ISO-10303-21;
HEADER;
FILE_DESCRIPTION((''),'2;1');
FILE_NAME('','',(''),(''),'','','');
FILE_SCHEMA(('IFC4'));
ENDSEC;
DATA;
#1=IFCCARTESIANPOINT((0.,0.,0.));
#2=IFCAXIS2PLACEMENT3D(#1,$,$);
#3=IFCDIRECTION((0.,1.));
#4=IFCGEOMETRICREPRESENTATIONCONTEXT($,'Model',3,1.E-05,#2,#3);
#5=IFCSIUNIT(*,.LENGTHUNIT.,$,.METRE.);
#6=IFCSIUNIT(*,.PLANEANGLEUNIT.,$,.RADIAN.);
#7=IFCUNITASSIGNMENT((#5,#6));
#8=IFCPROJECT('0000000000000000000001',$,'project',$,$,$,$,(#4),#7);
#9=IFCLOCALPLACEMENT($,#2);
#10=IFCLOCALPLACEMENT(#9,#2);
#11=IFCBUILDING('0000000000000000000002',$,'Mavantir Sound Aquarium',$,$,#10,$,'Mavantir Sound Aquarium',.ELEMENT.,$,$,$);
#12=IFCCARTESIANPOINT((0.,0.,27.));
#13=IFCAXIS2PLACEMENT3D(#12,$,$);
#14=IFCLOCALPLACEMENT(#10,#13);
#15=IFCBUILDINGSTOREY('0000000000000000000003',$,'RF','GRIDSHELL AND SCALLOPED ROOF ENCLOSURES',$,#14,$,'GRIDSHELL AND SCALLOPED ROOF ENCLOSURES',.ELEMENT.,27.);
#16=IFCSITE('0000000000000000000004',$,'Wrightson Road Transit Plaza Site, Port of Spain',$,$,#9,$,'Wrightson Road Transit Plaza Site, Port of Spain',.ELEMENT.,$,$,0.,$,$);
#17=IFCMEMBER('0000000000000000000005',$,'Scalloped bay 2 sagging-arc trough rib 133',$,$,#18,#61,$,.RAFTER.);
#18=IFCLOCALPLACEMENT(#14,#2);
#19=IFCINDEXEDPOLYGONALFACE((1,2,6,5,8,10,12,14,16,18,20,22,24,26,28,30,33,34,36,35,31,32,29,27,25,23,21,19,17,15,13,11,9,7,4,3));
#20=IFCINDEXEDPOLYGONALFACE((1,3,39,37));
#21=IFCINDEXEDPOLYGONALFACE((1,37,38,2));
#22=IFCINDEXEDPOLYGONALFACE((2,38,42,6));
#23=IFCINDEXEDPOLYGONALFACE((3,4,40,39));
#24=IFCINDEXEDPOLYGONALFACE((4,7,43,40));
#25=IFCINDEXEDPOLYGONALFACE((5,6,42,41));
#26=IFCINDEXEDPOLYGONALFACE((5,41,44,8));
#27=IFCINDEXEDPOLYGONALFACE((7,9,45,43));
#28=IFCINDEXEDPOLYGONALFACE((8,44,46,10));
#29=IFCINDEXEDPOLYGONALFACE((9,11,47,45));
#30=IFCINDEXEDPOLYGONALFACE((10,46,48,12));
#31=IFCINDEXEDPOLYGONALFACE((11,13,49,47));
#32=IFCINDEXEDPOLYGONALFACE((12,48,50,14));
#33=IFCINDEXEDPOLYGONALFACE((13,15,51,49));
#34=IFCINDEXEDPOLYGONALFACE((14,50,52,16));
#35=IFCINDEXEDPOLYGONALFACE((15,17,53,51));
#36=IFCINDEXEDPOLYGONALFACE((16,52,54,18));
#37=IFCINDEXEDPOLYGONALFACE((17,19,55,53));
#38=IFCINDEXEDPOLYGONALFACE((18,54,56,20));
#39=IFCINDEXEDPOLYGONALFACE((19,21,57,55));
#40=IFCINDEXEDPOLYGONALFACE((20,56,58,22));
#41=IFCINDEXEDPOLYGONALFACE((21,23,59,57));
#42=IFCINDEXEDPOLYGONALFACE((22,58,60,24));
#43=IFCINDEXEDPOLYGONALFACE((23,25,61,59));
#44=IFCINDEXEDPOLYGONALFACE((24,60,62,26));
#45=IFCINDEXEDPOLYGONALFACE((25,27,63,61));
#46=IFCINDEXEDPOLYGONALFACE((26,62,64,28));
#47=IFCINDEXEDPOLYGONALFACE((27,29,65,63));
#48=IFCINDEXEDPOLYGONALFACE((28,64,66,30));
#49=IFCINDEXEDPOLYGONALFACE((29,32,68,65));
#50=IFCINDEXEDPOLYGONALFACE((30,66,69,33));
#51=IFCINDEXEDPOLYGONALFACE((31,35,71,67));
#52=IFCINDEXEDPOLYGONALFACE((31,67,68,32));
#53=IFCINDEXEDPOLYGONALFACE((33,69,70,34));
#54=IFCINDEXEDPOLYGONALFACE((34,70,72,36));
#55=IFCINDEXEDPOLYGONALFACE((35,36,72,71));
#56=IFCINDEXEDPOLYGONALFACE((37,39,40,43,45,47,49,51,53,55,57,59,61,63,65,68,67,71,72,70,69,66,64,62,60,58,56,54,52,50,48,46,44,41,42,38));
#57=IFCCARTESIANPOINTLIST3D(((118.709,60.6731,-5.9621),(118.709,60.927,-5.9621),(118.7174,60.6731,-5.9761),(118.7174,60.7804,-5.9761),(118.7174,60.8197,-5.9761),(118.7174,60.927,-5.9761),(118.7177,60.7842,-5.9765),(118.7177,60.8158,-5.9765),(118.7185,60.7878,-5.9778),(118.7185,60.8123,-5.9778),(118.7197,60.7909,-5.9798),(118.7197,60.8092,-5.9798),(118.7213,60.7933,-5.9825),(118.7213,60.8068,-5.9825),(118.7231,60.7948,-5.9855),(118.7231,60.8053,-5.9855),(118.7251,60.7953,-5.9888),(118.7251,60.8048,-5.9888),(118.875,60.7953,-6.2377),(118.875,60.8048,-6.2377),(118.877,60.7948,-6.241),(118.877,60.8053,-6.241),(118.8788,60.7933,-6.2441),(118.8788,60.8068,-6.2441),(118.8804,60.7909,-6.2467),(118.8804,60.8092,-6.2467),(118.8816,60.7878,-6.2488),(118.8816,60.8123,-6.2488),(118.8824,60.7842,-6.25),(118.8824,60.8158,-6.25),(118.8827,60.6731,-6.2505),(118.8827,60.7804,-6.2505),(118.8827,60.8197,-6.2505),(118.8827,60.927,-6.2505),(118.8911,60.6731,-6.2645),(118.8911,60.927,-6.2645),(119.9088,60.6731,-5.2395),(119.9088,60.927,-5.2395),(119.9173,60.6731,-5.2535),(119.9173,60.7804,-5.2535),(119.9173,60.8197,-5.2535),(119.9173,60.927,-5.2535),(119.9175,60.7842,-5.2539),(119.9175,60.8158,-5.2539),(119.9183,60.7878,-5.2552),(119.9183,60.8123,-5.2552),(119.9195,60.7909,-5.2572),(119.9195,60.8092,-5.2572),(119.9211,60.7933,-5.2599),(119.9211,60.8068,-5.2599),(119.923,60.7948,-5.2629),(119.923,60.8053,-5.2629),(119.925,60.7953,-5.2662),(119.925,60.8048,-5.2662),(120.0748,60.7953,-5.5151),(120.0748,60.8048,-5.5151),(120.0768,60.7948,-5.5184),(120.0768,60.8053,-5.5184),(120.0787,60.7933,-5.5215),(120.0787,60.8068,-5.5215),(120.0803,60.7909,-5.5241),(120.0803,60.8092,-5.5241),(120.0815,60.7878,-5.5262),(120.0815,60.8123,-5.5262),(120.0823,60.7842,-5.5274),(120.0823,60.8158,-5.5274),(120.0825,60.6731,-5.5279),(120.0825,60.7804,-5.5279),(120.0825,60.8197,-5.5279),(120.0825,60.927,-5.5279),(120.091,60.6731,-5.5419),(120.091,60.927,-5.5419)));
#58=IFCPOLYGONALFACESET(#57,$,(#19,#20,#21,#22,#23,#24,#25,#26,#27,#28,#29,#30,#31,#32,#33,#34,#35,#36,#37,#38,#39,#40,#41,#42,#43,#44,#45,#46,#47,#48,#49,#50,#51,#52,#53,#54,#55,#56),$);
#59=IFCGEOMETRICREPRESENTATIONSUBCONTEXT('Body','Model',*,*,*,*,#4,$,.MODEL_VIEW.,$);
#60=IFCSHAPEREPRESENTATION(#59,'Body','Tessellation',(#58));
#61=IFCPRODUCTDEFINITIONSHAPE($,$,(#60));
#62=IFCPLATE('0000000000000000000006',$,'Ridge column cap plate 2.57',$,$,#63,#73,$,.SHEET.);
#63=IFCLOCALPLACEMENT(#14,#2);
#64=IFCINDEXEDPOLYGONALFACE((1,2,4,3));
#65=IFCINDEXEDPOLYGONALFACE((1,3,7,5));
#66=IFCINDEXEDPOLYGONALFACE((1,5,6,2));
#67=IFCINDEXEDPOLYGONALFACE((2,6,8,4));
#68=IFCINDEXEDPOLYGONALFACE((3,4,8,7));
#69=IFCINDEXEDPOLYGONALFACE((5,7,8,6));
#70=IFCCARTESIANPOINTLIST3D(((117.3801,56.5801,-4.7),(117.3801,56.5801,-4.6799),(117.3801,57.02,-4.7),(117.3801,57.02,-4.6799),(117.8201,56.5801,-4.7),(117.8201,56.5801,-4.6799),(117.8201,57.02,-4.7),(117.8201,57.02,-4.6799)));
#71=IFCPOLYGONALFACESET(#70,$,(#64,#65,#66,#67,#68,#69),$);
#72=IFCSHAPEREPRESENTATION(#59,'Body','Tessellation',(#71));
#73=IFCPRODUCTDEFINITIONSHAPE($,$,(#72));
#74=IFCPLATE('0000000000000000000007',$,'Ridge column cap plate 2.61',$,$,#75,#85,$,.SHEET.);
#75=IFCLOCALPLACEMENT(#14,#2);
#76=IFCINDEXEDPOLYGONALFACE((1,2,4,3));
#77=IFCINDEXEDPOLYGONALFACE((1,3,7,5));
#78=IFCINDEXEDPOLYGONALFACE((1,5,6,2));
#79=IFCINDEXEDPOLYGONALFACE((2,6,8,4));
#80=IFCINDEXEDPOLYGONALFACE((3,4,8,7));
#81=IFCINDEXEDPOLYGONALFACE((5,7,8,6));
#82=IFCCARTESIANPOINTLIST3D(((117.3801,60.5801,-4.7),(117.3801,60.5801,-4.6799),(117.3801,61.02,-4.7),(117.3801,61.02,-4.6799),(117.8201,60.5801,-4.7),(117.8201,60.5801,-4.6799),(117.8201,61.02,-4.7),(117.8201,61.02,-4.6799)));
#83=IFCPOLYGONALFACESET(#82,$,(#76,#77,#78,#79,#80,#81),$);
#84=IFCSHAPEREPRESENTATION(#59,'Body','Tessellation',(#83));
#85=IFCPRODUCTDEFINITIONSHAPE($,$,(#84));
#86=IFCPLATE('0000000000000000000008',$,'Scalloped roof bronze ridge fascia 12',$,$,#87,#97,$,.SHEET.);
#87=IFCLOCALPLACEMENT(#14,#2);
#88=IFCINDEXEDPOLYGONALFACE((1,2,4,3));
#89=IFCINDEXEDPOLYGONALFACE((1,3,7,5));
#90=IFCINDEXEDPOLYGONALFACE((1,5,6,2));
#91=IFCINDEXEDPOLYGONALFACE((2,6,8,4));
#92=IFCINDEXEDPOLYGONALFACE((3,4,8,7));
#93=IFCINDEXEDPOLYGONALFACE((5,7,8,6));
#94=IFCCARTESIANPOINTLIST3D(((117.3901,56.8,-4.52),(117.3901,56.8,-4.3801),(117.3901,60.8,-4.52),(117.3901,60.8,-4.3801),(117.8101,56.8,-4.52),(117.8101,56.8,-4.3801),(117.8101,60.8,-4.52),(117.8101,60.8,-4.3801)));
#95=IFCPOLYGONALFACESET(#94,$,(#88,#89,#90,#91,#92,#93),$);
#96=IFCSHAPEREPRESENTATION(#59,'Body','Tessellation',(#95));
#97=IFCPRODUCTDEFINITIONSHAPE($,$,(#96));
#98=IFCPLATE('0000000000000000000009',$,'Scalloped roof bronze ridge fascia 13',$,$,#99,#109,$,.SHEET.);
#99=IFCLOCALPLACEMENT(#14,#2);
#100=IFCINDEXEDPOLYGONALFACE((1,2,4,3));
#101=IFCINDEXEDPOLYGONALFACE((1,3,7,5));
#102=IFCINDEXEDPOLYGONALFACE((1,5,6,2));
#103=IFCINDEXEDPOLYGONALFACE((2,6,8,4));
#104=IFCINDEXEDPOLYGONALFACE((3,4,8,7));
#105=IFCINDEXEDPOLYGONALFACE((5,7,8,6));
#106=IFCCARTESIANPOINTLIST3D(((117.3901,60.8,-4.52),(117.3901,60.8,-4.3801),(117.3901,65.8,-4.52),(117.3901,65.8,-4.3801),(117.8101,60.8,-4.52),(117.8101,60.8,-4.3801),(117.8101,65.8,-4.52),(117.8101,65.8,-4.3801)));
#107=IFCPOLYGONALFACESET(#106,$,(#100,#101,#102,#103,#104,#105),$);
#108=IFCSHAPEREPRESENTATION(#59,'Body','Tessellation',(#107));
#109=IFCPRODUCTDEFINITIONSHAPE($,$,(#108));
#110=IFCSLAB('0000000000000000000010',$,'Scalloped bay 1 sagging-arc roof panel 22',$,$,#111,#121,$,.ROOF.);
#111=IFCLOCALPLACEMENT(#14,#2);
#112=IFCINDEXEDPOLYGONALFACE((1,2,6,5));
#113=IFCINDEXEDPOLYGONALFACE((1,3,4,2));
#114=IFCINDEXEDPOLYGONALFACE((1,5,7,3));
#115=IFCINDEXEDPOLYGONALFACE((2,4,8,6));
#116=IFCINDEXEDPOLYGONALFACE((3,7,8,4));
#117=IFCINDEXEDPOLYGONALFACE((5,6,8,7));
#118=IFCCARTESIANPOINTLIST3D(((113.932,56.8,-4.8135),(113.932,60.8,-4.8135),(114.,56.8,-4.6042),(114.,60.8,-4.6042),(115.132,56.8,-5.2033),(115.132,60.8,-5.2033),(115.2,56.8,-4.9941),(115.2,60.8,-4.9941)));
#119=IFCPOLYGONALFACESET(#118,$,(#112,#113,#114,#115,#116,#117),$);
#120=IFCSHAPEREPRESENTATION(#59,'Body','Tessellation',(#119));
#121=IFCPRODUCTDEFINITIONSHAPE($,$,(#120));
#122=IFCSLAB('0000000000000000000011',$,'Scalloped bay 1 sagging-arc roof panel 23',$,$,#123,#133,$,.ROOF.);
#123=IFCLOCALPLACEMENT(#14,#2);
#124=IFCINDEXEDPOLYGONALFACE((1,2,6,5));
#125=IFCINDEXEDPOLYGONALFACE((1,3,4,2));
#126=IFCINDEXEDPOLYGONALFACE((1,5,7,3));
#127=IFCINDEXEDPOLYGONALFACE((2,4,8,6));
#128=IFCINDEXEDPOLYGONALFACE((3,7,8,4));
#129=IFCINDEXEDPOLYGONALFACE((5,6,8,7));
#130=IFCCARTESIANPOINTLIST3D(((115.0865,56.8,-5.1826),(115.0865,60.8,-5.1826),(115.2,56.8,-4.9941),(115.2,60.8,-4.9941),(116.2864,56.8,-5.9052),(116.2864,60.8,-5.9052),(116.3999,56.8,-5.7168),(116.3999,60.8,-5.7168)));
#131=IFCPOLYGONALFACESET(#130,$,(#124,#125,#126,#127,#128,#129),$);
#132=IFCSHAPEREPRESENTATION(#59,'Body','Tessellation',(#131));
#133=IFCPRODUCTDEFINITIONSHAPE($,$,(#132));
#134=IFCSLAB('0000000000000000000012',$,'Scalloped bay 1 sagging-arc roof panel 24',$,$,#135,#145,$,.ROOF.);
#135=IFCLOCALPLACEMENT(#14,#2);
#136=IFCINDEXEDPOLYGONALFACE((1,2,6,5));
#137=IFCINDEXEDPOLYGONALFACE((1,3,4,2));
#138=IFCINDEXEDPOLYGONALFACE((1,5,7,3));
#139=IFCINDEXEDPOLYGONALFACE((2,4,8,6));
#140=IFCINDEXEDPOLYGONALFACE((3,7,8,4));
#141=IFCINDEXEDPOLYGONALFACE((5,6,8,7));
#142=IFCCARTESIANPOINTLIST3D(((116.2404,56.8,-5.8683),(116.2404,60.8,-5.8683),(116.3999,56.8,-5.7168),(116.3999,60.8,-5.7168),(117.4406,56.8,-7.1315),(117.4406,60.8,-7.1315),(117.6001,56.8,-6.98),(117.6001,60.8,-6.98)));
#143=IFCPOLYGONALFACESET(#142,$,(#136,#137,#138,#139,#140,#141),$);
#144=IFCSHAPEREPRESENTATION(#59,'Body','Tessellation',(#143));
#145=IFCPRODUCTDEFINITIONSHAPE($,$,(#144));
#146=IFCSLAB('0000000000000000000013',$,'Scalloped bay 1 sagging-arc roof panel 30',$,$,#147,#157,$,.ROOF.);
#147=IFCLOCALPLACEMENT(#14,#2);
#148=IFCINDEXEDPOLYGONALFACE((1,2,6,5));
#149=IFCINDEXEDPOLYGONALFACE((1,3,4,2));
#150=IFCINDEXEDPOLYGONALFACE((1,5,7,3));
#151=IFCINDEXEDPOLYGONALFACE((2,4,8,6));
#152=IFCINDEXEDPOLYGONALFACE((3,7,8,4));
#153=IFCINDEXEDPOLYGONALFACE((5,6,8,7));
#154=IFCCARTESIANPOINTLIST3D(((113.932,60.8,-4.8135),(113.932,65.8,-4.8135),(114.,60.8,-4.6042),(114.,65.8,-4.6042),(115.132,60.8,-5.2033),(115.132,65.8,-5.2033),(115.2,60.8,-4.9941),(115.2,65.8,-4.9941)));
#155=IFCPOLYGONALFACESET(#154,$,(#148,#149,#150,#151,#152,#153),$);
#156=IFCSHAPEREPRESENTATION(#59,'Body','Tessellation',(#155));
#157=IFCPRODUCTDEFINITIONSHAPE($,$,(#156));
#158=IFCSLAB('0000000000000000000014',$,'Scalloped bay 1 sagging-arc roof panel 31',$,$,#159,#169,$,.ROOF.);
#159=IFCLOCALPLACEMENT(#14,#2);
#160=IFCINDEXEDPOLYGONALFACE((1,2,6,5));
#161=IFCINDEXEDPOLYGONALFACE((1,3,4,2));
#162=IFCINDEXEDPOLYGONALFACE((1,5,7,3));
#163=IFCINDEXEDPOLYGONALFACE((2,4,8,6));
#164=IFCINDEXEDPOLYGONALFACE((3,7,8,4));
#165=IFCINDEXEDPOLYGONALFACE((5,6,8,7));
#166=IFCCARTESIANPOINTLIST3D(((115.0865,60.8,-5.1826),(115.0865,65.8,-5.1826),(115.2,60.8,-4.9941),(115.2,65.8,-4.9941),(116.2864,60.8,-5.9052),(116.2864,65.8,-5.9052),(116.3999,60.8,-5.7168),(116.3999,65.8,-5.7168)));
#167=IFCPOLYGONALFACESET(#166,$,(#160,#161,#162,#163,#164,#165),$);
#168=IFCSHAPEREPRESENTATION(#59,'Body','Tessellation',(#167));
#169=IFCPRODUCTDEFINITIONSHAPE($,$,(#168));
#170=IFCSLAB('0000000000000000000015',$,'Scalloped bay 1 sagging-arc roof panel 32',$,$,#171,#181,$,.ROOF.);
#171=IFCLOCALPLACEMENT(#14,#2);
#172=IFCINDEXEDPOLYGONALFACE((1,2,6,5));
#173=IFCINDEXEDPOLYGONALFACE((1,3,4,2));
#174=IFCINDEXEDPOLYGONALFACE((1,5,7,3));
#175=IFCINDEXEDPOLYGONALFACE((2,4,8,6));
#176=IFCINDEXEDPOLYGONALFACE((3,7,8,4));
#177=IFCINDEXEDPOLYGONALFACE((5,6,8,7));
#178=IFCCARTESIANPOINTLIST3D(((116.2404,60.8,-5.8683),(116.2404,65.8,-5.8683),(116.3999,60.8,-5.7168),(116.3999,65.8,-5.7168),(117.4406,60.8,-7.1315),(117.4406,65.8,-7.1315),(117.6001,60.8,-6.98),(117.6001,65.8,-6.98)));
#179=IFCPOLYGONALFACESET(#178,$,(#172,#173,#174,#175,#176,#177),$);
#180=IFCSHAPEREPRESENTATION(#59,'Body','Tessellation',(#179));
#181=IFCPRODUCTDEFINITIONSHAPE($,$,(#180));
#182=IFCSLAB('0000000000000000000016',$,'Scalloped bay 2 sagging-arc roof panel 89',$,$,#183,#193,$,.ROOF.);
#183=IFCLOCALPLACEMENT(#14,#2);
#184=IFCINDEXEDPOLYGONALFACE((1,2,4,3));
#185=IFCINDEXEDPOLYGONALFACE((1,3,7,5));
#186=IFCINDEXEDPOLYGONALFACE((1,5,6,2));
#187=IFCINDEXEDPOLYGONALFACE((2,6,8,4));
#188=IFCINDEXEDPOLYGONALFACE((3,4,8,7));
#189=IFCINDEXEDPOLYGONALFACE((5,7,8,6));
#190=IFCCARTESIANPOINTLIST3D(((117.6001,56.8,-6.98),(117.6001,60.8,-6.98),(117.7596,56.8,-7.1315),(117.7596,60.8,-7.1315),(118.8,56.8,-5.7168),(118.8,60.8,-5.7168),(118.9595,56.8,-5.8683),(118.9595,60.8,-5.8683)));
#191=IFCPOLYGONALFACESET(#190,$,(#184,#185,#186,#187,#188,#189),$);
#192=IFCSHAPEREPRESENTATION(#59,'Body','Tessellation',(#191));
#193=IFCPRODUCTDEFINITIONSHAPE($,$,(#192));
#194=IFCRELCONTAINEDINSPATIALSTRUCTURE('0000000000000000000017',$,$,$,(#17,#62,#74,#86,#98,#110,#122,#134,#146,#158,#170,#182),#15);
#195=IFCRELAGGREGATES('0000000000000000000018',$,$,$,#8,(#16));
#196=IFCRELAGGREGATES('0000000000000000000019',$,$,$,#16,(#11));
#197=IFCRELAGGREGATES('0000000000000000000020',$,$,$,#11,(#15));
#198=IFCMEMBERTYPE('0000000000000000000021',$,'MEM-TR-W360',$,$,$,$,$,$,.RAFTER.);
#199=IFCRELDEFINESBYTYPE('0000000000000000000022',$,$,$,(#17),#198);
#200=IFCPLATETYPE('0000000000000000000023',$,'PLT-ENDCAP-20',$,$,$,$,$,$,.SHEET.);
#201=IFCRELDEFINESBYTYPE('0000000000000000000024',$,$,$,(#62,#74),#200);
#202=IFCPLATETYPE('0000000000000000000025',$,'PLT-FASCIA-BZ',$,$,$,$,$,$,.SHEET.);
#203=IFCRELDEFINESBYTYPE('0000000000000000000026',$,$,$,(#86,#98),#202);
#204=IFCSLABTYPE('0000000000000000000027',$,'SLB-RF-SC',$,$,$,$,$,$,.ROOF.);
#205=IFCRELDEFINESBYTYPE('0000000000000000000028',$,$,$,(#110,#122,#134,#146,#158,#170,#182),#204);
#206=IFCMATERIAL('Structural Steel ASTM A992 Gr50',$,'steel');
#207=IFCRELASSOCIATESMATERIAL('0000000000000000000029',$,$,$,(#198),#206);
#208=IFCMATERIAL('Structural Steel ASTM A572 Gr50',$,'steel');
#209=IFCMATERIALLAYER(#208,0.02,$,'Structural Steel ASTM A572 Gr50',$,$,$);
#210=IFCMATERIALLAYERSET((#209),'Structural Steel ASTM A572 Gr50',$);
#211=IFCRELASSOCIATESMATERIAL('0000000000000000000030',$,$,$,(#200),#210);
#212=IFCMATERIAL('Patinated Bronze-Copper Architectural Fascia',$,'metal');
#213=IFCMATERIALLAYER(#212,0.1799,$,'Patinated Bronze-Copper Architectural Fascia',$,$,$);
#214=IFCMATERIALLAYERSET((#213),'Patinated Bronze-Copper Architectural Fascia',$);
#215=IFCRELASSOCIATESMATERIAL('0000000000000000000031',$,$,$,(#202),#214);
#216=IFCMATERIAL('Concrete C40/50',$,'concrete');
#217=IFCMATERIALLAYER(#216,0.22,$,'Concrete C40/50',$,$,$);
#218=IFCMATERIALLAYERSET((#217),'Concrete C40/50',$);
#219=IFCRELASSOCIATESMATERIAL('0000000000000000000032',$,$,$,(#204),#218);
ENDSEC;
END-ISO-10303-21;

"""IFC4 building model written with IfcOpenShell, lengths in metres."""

from ifc_helpers import new_model, si_unit, direction, frame, origin, origin_2d, place, context, subcontext, project, spatial, polyline, rectangle, i_section, outline, extrude, material, layer, layer_set, material_profile, profile_set, type_object, element, save


model = new_model("IFC4")

# Units and contexts
model_context = context("Model", 3, precision=1e-05, world=origin(), true_north=direction((0.0, 1.0)))
body_context = subcontext(model_context, "Body", "Model", "MODEL_VIEW")
ifc_project = project(units=[si_unit("LENGTHUNIT", "METRE"), si_unit("PLANEANGLEUNIT", "RADIAN")], contexts=[model_context])

# Site, building, storey
site_placement = place(None, origin())
site = spatial("IfcSite", under=ifc_project, at=site_placement, Name="Wrightson Road Transit Plaza Site, Port of Spain", LongName="Wrightson Road Transit Plaza Site, Port of Spain", CompositionType="ELEMENT", RefElevation=0.0)
building_placement = place(site_placement, origin())
building = spatial("IfcBuilding", under=site, at=building_placement, Name="Mavantir Sound Aquarium", LongName="Mavantir Sound Aquarium", CompositionType="ELEMENT")
storey_placement = place(building_placement, frame((0.0, 0.0, 27.0)))
storey = spatial("IfcBuildingStorey", under=building, at=storey_placement, Name="RF", Description="GRIDSHELL AND SCALLOPED ROOF ENCLOSURES", LongName="GRIDSHELL AND SCALLOPED ROOF ENCLOSURES", CompositionType="ELEMENT", Elevation=27.0)

# Shared definitions
ifc_material_1 = material(Name="Concrete C40/50", Category="concrete")

# Shared definitions
ifc_material_2 = material(Name="Structural Steel ASTM A992 Gr50", Category="steel")

# Member
ifc_material_profile_1 = material_profile(ifc_material_2, i_section(OverallWidth=0.2539, OverallDepth=0.353, WebThickness=0.0095, FlangeThickness=0.0164, FilletRadius=0.0149, at=origin_2d()), Name="W360X91")
ifc_profile_set_1 = profile_set([ifc_material_profile_1], Name="Structural Steel ASTM A992 Gr50")
member_type_1 = type_object("IfcMemberType", Name="MEM-TR-W360", PredefinedType="RAFTER", material=ifc_profile_set_1)
member_1_placement = place(storey_placement, frame((118.8, 60.8, -6.1133), z_axis=(0.856646, 0.0, 0.515905), x_axis=(0.0, 1.0, 0.0)))
element("IfcMember", 1, at=member_1_placement, inside=storey, type_object=member_type_1, Name="Scalloped bay 2 sagging-arc trough rib 133", PredefinedType="RAFTER", context=body_context, shape_type="SweptSolid", body=[
    extrude(i_section(OverallWidth=0.2539, OverallDepth=0.353, WebThickness=0.0095, FlangeThickness=0.0164, FilletRadius=0.0149, at=origin_2d()), origin(), (0.0, 0.0, 1.0), 1.4006),
])

# Plates
ifc_material_3 = material(Name="Structural Steel ASTM A572 Gr50", Category="steel")
ifc_layer_1 = layer(ifc_material_3, 0.02, Name="Structural Steel ASTM A572 Gr50")
ifc_layer_set_1 = layer_set([ifc_layer_1], Name="Structural Steel ASTM A572 Gr50")
plate_type_1 = type_object("IfcPlateType", Name="PLT-ENDCAP-20", PredefinedType="SHEET", material=ifc_layer_set_1)
for number, where, z_axis, x_axis, name in (
    (2, (117.6001, 56.8, -4.7), (0.0, 0.0, 1.0), (1.0, 0.0, 0.0), "Ridge column cap plate 2.57"),
    (3, (117.6001, 60.8, -4.7), (0.0, 0.0, 1.0), (1.0, 0.0, 0.0), "Ridge column cap plate 2.61"),
):
    element("IfcPlate", number, at=place(storey_placement, frame(where, z_axis=z_axis, x_axis=x_axis)), inside=storey, type_object=plate_type_1, Name=name, PredefinedType="SHEET", context=body_context, shape_type="SweptSolid", body=[
        extrude(rectangle(XDim=0.4399, YDim=0.4399, at=origin_2d()), origin(), (0.0, 0.0, 1.0), 0.02),
    ])
ifc_material_4 = material(Name="Patinated Bronze-Copper Architectural Fascia", Category="metal")
ifc_layer_2 = layer(ifc_material_4, 0.1799, Name="Patinated Bronze-Copper Architectural Fascia")
ifc_layer_set_2 = layer_set([ifc_layer_2], Name="Patinated Bronze-Copper Architectural Fascia")
plate_type_2 = type_object("IfcPlateType", Name="PLT-FASCIA-BZ", PredefinedType="SHEET", material=ifc_layer_set_2)
plate_1_placement = place(storey_placement, frame((117.6001, 58.8, -4.52), z_axis=(0.0, 0.0, 1.0), x_axis=(1.0, 0.0, 0.0)))
element("IfcPlate", 4, at=plate_1_placement, inside=storey, type_object=plate_type_2, Name="Scalloped roof bronze ridge fascia 12", PredefinedType="SHEET", context=body_context, shape_type="SweptSolid", body=[
    extrude(rectangle(XDim=0.4199, YDim=4.0, at=origin_2d()), origin(), (0.0, 0.0, 1.0), 0.1399),
])
plate_2_placement = place(storey_placement, frame((117.6001, 63.3, -4.52), z_axis=(0.0, 0.0, 1.0), x_axis=(1.0, 0.0, 0.0)))
element("IfcPlate", 5, at=plate_2_placement, inside=storey, type_object=plate_type_2, Name="Scalloped roof bronze ridge fascia 13", PredefinedType="SHEET", context=body_context, shape_type="SweptSolid", body=[
    extrude(rectangle(XDim=0.4199, YDim=5.0, at=origin_2d()), origin(), (0.0, 0.0, 1.0), 0.1399),
])

# Slabs
ifc_layer_3 = layer(ifc_material_1, 0.22, Name="Concrete C40/50")
ifc_layer_set_3 = layer_set([ifc_layer_3], Name="Concrete C40/50")
slab_type = type_object("IfcSlabType", Name="SLB-RF-SC", PredefinedType="ROOF", material=ifc_layer_set_3)
slab_1_placement = place(storey_placement, frame((114.0, 56.8, -4.6042), z_axis=(0.30902, 0.0, 0.951055), x_axis=(0.951055, 0.0, -0.30902)))
element("IfcSlab", 6, at=slab_1_placement, inside=storey, type_object=slab_type, Name="Scalloped bay 1 sagging-arc roof panel 22", PredefinedType="ROOF", context=body_context, shape_type="SweptSolid", body=[
    extrude(outline(polyline([(0.0, 0.0), (1.2617, 0.0), (1.2617, 4.0), (0.0, 4.0), (0.0, 0.0)])), origin(), (0.0, 0.0, -1.0), 0.22),
])
slab_2_placement = place(storey_placement, frame((115.2, 56.8, -4.9941), z_axis=(0.515905, 0.0, 0.856646), x_axis=(0.856646, 0.0, -0.515905)))
element("IfcSlab", 7, at=slab_2_placement, inside=storey, type_object=slab_type, Name="Scalloped bay 1 sagging-arc roof panel 23", PredefinedType="ROOF", context=body_context, shape_type="SweptSolid", body=[
    extrude(outline(polyline([(0.0, 0.0), (1.4008, 0.0), (1.4008, 4.0), (0.0, 4.0), (0.0, 0.0)])), origin(), (0.0, 0.0, -1.0), 0.22),
])
slab_3_placement = place(storey_placement, frame((116.3999, 56.8, -5.7168), z_axis=(0.72495, 0.0, 0.688801), x_axis=(0.688801, 0.0, -0.72495)))
element("IfcSlab", 8, at=slab_3_placement, inside=storey, type_object=slab_type, Name="Scalloped bay 1 sagging-arc roof panel 24", PredefinedType="ROOF", context=body_context, shape_type="SweptSolid", body=[
    extrude(outline(polyline([(0.0, 0.0), (1.7424, 0.0), (1.7424, 4.0), (0.0, 4.0), (0.0, 0.0)])), origin(), (0.0, 0.0, -1.0), 0.22),
])
slab_4_placement = place(storey_placement, frame((114.0, 60.8, -4.6042), z_axis=(0.30902, 0.0, 0.951055), x_axis=(0.951055, 0.0, -0.30902)))
element("IfcSlab", 9, at=slab_4_placement, inside=storey, type_object=slab_type, Name="Scalloped bay 1 sagging-arc roof panel 30", PredefinedType="ROOF", context=body_context, shape_type="SweptSolid", body=[
    extrude(outline(polyline([(0.0, 0.0), (1.2617, 0.0), (1.2617, 5.0), (0.0, 5.0), (0.0, 0.0)])), origin(), (0.0, 0.0, -1.0), 0.22),
])
slab_5_placement = place(storey_placement, frame((115.2, 60.8, -4.9941), z_axis=(0.515905, 0.0, 0.856646), x_axis=(0.856646, 0.0, -0.515905)))
element("IfcSlab", 10, at=slab_5_placement, inside=storey, type_object=slab_type, Name="Scalloped bay 1 sagging-arc roof panel 31", PredefinedType="ROOF", context=body_context, shape_type="SweptSolid", body=[
    extrude(outline(polyline([(0.0, 0.0), (1.4008, 0.0), (1.4008, 5.0), (0.0, 5.0), (0.0, 0.0)])), origin(), (0.0, 0.0, -1.0), 0.22),
])
slab_6_placement = place(storey_placement, frame((116.3999, 60.8, -5.7168), z_axis=(0.72495, 0.0, 0.688801), x_axis=(0.688801, 0.0, -0.72495)))
element("IfcSlab", 11, at=slab_6_placement, inside=storey, type_object=slab_type, Name="Scalloped bay 1 sagging-arc roof panel 32", PredefinedType="ROOF", context=body_context, shape_type="SweptSolid", body=[
    extrude(outline(polyline([(0.0, 0.0), (1.7424, 0.0), (1.7424, 5.0), (0.0, 5.0), (0.0, 0.0)])), origin(), (0.0, 0.0, -1.0), 0.22),
])
slab_7_placement = place(storey_placement, frame((117.6001, 56.8, -6.98), z_axis=(-0.72502, 0.0, 0.688727), x_axis=(0.688727, 0.0, 0.72502)))
element("IfcSlab", 12, at=slab_7_placement, inside=storey, type_object=slab_type, Name="Scalloped bay 2 sagging-arc roof panel 89", PredefinedType="ROOF", context=body_context, shape_type="SweptSolid", body=[
    extrude(outline(polyline([(0.0, 0.0), (1.7423, 0.0), (1.7423, 4.0), (0.0, 4.0), (0.0, 0.0)])), origin(), (0.0, 0.0, -1.0), 0.22),
])

save(model, "model.ifc")
